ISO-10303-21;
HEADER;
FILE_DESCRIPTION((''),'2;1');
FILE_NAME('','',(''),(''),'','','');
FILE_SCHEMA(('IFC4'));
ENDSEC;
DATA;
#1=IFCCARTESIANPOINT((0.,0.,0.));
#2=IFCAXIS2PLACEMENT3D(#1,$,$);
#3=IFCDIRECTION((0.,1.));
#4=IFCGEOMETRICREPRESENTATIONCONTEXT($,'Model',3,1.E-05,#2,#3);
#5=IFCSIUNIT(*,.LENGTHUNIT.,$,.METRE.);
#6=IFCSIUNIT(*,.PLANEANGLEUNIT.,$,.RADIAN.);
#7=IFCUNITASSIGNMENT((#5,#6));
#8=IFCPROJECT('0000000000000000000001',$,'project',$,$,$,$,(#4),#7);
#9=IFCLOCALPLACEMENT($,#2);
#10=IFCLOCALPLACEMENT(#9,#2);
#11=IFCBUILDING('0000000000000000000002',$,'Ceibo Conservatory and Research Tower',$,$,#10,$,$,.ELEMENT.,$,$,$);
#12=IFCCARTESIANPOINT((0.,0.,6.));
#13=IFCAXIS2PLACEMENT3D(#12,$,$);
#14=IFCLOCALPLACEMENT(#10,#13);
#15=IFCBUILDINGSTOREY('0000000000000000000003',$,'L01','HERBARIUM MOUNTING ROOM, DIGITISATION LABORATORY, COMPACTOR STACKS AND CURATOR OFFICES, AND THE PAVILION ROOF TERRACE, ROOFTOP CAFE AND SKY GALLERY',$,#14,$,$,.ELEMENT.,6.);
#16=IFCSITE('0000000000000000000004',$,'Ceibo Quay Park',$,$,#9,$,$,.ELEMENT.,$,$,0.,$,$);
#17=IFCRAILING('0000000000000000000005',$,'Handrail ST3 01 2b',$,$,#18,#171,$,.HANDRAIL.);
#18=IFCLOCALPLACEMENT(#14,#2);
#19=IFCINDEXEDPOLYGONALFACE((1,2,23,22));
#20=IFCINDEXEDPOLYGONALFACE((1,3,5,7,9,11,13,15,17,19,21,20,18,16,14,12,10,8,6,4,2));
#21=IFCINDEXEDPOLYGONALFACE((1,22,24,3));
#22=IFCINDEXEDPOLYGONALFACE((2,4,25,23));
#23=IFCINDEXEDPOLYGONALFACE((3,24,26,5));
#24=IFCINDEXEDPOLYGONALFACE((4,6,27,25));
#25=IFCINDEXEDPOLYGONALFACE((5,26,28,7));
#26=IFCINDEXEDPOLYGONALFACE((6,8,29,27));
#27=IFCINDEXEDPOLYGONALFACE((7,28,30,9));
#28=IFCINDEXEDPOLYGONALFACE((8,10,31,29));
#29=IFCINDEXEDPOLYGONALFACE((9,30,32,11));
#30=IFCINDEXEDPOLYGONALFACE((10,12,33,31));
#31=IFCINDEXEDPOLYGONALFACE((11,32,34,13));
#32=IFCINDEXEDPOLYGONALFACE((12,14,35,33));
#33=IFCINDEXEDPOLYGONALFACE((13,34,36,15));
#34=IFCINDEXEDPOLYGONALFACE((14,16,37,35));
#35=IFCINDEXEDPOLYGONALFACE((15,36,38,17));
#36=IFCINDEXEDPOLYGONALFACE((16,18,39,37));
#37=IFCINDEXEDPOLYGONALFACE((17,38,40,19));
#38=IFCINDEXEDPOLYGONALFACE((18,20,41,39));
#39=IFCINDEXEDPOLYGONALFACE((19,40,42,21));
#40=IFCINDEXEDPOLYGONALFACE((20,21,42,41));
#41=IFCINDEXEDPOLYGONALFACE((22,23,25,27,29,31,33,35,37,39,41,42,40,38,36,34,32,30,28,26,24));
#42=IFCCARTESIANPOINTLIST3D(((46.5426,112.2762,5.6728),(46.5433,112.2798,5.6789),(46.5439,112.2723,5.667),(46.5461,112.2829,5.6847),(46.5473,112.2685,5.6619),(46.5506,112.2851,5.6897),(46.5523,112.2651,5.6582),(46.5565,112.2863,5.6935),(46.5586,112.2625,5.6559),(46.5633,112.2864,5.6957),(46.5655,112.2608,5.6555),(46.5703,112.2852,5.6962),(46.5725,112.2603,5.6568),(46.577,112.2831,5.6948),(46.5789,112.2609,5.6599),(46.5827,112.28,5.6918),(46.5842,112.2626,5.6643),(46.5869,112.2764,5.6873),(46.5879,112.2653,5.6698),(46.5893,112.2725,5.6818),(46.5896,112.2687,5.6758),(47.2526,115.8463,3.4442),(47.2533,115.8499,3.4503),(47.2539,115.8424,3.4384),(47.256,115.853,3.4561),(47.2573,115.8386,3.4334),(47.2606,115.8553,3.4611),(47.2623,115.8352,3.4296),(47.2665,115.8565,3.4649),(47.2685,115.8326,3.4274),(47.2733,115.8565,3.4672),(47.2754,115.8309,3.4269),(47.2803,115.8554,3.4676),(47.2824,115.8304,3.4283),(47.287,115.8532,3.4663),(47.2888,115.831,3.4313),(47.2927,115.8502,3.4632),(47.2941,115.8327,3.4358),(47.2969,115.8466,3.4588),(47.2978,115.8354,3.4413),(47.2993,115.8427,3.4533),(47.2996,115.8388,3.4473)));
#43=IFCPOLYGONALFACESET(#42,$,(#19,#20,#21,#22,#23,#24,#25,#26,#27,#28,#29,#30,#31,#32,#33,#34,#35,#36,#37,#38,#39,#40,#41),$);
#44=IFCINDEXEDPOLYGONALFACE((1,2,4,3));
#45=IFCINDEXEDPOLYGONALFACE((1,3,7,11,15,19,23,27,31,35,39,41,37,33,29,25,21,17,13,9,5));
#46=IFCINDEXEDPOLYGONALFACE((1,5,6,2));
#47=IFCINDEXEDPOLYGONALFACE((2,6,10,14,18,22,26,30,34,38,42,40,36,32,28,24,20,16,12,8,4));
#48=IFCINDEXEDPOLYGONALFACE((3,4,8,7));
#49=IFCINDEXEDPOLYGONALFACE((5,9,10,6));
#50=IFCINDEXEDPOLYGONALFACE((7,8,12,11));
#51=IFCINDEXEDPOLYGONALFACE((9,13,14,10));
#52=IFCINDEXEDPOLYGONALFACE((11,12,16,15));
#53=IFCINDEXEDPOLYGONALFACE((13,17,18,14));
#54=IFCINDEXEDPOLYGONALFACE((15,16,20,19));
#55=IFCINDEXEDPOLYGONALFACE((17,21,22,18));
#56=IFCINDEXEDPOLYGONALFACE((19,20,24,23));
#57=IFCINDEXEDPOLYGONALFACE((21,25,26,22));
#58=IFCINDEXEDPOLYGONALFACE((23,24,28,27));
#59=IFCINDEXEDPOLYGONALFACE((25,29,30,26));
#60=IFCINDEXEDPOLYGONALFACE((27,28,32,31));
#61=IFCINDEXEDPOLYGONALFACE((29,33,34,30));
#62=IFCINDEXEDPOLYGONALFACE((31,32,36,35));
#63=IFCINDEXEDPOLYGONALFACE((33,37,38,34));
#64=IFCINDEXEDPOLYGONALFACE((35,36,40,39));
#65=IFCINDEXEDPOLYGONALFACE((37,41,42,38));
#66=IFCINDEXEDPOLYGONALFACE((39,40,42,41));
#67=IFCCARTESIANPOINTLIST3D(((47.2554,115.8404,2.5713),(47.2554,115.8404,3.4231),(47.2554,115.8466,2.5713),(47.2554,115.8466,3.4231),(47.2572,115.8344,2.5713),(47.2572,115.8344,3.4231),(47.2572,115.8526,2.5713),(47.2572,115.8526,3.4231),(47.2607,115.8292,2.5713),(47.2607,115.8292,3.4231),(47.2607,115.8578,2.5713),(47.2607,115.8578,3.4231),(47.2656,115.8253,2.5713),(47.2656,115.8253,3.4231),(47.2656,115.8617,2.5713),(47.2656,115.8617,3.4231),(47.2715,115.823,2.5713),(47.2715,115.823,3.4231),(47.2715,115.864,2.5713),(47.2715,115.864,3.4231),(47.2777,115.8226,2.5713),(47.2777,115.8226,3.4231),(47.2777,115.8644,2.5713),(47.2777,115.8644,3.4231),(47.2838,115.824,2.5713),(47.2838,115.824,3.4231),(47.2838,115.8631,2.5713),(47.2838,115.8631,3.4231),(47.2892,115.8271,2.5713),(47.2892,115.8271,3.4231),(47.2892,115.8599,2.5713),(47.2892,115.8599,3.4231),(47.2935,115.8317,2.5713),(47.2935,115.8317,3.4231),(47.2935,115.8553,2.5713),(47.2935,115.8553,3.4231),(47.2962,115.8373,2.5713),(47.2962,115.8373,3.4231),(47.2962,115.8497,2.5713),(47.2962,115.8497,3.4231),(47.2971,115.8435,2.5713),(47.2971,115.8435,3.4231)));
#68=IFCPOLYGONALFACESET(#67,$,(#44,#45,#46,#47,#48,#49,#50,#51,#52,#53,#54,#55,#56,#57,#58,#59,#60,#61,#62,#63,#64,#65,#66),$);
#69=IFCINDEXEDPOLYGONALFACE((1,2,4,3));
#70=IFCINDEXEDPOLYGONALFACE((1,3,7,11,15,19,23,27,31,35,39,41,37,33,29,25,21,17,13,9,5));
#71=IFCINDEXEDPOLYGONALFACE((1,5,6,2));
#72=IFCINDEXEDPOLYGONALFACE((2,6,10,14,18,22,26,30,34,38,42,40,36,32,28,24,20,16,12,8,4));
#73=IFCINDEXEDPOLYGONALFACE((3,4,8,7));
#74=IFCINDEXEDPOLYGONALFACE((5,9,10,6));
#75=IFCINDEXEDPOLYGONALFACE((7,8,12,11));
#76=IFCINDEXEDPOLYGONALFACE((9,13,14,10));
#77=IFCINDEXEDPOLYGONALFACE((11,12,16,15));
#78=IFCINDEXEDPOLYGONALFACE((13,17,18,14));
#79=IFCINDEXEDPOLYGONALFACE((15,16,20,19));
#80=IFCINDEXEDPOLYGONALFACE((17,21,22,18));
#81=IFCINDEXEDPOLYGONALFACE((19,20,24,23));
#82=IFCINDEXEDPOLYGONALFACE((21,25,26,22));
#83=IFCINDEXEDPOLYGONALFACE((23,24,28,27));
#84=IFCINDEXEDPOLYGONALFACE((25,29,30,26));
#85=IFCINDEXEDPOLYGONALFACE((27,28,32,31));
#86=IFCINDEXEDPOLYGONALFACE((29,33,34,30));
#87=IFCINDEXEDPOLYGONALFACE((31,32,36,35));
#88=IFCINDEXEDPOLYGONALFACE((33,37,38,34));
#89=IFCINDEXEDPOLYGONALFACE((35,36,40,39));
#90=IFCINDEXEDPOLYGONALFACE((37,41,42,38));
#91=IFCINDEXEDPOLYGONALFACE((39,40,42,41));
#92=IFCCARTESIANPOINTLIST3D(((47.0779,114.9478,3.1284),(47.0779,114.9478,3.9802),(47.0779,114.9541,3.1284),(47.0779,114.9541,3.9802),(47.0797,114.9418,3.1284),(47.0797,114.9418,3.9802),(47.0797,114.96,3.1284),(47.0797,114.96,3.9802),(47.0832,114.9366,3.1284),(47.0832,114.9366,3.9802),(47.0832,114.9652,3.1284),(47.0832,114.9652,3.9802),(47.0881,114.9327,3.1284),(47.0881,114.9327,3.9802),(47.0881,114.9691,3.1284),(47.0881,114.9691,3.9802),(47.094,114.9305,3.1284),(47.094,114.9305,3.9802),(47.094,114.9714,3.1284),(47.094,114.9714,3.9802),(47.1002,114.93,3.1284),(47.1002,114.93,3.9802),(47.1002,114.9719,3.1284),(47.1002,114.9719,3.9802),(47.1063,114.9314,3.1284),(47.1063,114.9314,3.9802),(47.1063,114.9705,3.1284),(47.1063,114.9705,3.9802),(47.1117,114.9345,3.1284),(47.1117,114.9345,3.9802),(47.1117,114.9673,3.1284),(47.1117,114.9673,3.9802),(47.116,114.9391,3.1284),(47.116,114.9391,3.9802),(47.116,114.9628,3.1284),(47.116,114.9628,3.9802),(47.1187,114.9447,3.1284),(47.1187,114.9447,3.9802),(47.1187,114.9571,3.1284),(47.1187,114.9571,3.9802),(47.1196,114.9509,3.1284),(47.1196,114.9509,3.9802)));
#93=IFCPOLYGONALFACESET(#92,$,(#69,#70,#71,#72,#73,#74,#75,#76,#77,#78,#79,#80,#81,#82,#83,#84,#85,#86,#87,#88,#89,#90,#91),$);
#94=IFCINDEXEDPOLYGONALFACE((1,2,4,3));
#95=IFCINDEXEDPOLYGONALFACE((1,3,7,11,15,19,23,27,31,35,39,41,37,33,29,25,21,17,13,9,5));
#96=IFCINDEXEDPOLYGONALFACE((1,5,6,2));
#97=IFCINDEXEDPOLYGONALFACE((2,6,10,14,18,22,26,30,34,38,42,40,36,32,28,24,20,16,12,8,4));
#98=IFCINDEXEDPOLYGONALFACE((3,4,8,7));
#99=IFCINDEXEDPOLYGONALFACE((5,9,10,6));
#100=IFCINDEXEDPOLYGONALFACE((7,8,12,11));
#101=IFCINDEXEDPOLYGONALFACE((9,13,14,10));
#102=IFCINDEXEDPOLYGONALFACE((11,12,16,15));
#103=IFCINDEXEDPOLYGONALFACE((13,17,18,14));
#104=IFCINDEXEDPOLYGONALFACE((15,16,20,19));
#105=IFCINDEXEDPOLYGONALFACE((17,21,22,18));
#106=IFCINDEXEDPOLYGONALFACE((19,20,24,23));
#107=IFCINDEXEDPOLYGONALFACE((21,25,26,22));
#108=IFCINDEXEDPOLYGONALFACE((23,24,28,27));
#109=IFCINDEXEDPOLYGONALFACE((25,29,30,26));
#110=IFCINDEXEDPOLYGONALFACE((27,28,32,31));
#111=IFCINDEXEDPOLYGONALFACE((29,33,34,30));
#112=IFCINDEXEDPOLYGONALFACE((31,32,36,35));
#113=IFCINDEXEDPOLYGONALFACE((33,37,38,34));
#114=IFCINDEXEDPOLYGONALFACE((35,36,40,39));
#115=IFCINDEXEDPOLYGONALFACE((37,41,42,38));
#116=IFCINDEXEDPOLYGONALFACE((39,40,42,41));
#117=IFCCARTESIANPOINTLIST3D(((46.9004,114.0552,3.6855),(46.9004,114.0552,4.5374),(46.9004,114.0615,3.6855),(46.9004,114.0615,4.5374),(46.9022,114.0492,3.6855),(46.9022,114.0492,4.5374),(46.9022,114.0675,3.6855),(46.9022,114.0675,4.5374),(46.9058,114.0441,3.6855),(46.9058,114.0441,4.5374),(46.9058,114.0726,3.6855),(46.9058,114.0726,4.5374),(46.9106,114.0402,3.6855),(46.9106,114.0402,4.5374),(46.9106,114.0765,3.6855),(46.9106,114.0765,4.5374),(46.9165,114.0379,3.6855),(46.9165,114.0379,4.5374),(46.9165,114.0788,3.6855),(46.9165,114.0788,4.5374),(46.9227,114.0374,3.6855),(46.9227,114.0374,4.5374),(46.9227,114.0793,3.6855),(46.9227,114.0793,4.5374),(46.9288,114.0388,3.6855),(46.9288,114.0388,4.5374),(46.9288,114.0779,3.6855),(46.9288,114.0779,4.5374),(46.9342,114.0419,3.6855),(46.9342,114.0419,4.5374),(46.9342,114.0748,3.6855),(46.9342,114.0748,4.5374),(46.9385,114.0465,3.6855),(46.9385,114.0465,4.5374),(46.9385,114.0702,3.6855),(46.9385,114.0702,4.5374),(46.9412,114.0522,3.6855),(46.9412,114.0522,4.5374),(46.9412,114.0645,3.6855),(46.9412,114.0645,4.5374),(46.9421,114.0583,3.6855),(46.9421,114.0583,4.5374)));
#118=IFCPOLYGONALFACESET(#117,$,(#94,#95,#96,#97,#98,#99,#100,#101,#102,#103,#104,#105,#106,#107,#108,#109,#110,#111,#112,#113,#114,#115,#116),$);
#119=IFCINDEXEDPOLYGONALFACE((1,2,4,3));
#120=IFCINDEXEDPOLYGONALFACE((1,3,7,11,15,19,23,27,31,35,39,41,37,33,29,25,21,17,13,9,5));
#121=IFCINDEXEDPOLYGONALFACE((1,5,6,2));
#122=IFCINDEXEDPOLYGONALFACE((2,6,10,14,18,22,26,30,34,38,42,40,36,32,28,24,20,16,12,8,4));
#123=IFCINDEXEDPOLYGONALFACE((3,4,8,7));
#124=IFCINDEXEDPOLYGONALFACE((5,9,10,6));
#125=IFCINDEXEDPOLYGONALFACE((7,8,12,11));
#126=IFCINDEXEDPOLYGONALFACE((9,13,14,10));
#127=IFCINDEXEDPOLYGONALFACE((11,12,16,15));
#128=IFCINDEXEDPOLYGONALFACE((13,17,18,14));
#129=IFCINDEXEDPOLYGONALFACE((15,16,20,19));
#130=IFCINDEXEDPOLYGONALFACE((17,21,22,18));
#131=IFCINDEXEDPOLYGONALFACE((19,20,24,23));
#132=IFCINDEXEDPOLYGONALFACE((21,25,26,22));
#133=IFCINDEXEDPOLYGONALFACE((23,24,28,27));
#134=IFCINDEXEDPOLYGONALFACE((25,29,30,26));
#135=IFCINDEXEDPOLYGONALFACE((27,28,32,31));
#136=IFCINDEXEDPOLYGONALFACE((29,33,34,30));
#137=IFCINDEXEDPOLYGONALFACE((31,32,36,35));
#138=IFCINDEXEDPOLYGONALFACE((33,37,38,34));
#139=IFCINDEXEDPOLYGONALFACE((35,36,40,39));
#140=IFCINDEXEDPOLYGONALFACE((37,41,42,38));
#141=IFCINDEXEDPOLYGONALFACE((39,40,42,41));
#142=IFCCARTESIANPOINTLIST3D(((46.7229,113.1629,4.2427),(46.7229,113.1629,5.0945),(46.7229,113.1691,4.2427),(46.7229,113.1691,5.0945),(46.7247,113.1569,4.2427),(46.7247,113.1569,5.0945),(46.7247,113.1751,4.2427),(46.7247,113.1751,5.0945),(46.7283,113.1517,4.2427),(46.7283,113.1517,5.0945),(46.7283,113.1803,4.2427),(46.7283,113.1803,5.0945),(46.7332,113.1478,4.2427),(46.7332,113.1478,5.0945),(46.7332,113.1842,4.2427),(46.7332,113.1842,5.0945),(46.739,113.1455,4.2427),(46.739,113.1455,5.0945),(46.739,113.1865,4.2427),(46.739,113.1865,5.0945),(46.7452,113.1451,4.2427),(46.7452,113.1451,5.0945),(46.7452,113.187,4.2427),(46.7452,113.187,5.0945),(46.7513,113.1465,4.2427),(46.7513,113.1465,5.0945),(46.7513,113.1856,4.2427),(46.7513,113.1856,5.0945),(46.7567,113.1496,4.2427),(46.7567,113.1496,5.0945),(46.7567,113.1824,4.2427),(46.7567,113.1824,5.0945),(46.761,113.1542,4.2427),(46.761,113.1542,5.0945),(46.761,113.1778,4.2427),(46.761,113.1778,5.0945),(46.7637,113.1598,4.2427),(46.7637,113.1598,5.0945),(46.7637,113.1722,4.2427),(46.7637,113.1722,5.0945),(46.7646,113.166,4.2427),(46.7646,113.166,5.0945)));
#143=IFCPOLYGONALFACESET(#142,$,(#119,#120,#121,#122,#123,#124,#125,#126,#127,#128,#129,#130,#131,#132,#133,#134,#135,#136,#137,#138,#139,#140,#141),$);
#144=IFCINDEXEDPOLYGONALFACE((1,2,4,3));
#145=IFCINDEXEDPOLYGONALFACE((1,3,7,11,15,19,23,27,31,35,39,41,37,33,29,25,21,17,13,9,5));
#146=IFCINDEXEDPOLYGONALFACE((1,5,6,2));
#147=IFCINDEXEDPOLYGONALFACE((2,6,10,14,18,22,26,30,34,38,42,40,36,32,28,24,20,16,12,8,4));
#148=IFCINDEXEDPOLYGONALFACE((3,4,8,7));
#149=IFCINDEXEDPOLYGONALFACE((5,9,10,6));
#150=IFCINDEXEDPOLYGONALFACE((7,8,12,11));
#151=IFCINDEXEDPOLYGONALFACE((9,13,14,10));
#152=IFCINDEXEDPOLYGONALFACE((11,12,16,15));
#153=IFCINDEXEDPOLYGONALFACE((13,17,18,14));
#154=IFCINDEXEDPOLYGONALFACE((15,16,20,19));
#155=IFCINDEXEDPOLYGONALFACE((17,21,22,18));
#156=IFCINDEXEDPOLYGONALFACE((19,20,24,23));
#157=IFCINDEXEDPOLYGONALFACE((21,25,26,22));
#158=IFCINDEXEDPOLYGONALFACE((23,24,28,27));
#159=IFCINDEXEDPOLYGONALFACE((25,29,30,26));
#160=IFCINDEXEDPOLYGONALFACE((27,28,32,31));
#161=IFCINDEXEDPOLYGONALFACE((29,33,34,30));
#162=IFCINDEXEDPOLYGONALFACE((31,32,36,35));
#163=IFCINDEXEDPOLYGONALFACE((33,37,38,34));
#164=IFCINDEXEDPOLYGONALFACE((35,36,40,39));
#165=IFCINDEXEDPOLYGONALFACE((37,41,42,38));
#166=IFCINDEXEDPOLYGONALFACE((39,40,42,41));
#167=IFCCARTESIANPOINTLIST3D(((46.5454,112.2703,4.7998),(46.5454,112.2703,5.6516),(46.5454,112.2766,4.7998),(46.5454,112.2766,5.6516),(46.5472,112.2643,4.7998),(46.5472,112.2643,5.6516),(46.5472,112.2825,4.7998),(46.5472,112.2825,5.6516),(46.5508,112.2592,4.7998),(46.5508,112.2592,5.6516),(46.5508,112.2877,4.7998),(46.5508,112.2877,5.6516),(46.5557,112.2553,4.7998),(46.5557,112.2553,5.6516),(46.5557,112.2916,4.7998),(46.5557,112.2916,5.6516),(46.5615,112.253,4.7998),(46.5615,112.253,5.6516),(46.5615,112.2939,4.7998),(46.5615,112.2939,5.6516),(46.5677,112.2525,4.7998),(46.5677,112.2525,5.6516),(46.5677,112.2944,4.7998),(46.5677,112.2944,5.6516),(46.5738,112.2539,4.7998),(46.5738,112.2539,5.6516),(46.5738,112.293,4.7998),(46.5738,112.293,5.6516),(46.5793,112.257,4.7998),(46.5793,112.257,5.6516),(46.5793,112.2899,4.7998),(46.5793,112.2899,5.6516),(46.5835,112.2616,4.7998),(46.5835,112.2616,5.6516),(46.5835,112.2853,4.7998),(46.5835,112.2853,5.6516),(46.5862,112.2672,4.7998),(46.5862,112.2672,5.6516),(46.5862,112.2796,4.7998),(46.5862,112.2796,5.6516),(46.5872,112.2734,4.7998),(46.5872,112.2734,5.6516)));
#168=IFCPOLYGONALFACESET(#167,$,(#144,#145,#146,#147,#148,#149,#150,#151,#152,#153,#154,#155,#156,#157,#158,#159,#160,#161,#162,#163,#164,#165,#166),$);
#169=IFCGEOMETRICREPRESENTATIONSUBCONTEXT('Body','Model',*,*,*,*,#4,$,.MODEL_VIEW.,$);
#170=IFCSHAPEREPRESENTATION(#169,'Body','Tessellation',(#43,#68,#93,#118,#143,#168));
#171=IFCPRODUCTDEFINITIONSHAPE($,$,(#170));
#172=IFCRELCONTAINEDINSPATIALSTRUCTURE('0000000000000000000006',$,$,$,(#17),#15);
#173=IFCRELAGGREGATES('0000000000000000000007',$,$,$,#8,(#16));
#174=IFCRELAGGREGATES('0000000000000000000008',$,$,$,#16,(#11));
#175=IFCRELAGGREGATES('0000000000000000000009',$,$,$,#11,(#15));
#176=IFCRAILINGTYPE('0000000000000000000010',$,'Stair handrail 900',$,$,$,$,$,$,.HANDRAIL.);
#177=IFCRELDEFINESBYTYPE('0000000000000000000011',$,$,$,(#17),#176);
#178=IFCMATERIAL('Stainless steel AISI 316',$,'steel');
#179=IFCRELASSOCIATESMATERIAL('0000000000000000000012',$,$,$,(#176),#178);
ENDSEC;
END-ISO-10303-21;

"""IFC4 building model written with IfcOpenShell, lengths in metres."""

from ifc_helpers import new_model, si_unit, direction, frame, origin, origin_2d, place, context, subcontext, project, spatial, circle, extrude, material, type_object, element, save


model = new_model("IFC4")

# Units and contexts
model_context = context("Model", 3, precision=1e-05, world=origin(), true_north=direction((0.0, 1.0)))
body_context = subcontext(model_context, "Body", "Model", "MODEL_VIEW")
ifc_project = project(units=[si_unit("LENGTHUNIT", "METRE"), si_unit("PLANEANGLEUNIT", "RADIAN")], contexts=[model_context])

# Site, building, storey
site_placement = place(None, origin())
site = spatial("IfcSite", under=ifc_project, at=site_placement, Name="Ceibo Quay Park", CompositionType="ELEMENT", RefElevation=0.0)
building_placement = place(site_placement, origin())
building = spatial("IfcBuilding", under=site, at=building_placement, Name="Ceibo Conservatory and Research Tower", CompositionType="ELEMENT")
storey_placement = place(building_placement, frame((0.0, 0.0, 6.0)))
storey = spatial("IfcBuildingStorey", under=building, at=storey_placement, Name="L01", Description="HERBARIUM MOUNTING ROOM, DIGITISATION LABORATORY, COMPACTOR STACKS AND CURATOR OFFICES, AND THE PAVILION ROOF TERRACE, ROOFTOP CAFE AND SKY GALLERY", CompositionType="ELEMENT", Elevation=6.0)

# Railing
ifc_material_1 = material(Name="Stainless steel AISI 316", Category="steel")
railing_type = type_object("IfcRailingType", Name="Stair handrail 900", PredefinedType="HANDRAIL", material=ifc_material_1)
railing_1_placement = place(storey_placement, frame((47.2761, 115.8435, 2.5713)))
element("IfcRailing", 1, at=railing_1_placement, inside=storey, type_object=railing_type, Name="Handrail ST3 01 2b", PredefinedType="HANDRAIL", context=body_context, shape_type="SweptSolid", body=[
    extrude(circle(Radius=0.0239, at=origin_2d()), frame((0.0, 0.0, 0.876), z_axis=(-0.166346, -0.836476, 0.522147), x_axis=(0.980794, -0.195045, 0.0)), (0.0, 0.0, 1.0), 4.2681),
    extrude(circle(Radius=0.021, at=origin_2d()), origin(), (0.0, 0.0, 1.0), 0.8518),
    extrude(circle(Radius=0.021, at=origin_2d()), frame((-0.1775, -0.8926, 0.5571)), (0.0, 0.0, 1.0), 0.8518),
    extrude(circle(Radius=0.021, at=origin_2d()), frame((-0.355, -1.7852, 1.1143)), (0.0, 0.0, 1.0), 0.8518),
    extrude(circle(Radius=0.021, at=origin_2d()), frame((-0.5325, -2.6775, 1.6714)), (0.0, 0.0, 1.0), 0.8518),
    extrude(circle(Radius=0.021, at=origin_2d()), frame((-0.71, -3.5701, 2.2285)), (0.0, 0.0, 1.0), 0.8518),
])

save(model, "model.ifc")
